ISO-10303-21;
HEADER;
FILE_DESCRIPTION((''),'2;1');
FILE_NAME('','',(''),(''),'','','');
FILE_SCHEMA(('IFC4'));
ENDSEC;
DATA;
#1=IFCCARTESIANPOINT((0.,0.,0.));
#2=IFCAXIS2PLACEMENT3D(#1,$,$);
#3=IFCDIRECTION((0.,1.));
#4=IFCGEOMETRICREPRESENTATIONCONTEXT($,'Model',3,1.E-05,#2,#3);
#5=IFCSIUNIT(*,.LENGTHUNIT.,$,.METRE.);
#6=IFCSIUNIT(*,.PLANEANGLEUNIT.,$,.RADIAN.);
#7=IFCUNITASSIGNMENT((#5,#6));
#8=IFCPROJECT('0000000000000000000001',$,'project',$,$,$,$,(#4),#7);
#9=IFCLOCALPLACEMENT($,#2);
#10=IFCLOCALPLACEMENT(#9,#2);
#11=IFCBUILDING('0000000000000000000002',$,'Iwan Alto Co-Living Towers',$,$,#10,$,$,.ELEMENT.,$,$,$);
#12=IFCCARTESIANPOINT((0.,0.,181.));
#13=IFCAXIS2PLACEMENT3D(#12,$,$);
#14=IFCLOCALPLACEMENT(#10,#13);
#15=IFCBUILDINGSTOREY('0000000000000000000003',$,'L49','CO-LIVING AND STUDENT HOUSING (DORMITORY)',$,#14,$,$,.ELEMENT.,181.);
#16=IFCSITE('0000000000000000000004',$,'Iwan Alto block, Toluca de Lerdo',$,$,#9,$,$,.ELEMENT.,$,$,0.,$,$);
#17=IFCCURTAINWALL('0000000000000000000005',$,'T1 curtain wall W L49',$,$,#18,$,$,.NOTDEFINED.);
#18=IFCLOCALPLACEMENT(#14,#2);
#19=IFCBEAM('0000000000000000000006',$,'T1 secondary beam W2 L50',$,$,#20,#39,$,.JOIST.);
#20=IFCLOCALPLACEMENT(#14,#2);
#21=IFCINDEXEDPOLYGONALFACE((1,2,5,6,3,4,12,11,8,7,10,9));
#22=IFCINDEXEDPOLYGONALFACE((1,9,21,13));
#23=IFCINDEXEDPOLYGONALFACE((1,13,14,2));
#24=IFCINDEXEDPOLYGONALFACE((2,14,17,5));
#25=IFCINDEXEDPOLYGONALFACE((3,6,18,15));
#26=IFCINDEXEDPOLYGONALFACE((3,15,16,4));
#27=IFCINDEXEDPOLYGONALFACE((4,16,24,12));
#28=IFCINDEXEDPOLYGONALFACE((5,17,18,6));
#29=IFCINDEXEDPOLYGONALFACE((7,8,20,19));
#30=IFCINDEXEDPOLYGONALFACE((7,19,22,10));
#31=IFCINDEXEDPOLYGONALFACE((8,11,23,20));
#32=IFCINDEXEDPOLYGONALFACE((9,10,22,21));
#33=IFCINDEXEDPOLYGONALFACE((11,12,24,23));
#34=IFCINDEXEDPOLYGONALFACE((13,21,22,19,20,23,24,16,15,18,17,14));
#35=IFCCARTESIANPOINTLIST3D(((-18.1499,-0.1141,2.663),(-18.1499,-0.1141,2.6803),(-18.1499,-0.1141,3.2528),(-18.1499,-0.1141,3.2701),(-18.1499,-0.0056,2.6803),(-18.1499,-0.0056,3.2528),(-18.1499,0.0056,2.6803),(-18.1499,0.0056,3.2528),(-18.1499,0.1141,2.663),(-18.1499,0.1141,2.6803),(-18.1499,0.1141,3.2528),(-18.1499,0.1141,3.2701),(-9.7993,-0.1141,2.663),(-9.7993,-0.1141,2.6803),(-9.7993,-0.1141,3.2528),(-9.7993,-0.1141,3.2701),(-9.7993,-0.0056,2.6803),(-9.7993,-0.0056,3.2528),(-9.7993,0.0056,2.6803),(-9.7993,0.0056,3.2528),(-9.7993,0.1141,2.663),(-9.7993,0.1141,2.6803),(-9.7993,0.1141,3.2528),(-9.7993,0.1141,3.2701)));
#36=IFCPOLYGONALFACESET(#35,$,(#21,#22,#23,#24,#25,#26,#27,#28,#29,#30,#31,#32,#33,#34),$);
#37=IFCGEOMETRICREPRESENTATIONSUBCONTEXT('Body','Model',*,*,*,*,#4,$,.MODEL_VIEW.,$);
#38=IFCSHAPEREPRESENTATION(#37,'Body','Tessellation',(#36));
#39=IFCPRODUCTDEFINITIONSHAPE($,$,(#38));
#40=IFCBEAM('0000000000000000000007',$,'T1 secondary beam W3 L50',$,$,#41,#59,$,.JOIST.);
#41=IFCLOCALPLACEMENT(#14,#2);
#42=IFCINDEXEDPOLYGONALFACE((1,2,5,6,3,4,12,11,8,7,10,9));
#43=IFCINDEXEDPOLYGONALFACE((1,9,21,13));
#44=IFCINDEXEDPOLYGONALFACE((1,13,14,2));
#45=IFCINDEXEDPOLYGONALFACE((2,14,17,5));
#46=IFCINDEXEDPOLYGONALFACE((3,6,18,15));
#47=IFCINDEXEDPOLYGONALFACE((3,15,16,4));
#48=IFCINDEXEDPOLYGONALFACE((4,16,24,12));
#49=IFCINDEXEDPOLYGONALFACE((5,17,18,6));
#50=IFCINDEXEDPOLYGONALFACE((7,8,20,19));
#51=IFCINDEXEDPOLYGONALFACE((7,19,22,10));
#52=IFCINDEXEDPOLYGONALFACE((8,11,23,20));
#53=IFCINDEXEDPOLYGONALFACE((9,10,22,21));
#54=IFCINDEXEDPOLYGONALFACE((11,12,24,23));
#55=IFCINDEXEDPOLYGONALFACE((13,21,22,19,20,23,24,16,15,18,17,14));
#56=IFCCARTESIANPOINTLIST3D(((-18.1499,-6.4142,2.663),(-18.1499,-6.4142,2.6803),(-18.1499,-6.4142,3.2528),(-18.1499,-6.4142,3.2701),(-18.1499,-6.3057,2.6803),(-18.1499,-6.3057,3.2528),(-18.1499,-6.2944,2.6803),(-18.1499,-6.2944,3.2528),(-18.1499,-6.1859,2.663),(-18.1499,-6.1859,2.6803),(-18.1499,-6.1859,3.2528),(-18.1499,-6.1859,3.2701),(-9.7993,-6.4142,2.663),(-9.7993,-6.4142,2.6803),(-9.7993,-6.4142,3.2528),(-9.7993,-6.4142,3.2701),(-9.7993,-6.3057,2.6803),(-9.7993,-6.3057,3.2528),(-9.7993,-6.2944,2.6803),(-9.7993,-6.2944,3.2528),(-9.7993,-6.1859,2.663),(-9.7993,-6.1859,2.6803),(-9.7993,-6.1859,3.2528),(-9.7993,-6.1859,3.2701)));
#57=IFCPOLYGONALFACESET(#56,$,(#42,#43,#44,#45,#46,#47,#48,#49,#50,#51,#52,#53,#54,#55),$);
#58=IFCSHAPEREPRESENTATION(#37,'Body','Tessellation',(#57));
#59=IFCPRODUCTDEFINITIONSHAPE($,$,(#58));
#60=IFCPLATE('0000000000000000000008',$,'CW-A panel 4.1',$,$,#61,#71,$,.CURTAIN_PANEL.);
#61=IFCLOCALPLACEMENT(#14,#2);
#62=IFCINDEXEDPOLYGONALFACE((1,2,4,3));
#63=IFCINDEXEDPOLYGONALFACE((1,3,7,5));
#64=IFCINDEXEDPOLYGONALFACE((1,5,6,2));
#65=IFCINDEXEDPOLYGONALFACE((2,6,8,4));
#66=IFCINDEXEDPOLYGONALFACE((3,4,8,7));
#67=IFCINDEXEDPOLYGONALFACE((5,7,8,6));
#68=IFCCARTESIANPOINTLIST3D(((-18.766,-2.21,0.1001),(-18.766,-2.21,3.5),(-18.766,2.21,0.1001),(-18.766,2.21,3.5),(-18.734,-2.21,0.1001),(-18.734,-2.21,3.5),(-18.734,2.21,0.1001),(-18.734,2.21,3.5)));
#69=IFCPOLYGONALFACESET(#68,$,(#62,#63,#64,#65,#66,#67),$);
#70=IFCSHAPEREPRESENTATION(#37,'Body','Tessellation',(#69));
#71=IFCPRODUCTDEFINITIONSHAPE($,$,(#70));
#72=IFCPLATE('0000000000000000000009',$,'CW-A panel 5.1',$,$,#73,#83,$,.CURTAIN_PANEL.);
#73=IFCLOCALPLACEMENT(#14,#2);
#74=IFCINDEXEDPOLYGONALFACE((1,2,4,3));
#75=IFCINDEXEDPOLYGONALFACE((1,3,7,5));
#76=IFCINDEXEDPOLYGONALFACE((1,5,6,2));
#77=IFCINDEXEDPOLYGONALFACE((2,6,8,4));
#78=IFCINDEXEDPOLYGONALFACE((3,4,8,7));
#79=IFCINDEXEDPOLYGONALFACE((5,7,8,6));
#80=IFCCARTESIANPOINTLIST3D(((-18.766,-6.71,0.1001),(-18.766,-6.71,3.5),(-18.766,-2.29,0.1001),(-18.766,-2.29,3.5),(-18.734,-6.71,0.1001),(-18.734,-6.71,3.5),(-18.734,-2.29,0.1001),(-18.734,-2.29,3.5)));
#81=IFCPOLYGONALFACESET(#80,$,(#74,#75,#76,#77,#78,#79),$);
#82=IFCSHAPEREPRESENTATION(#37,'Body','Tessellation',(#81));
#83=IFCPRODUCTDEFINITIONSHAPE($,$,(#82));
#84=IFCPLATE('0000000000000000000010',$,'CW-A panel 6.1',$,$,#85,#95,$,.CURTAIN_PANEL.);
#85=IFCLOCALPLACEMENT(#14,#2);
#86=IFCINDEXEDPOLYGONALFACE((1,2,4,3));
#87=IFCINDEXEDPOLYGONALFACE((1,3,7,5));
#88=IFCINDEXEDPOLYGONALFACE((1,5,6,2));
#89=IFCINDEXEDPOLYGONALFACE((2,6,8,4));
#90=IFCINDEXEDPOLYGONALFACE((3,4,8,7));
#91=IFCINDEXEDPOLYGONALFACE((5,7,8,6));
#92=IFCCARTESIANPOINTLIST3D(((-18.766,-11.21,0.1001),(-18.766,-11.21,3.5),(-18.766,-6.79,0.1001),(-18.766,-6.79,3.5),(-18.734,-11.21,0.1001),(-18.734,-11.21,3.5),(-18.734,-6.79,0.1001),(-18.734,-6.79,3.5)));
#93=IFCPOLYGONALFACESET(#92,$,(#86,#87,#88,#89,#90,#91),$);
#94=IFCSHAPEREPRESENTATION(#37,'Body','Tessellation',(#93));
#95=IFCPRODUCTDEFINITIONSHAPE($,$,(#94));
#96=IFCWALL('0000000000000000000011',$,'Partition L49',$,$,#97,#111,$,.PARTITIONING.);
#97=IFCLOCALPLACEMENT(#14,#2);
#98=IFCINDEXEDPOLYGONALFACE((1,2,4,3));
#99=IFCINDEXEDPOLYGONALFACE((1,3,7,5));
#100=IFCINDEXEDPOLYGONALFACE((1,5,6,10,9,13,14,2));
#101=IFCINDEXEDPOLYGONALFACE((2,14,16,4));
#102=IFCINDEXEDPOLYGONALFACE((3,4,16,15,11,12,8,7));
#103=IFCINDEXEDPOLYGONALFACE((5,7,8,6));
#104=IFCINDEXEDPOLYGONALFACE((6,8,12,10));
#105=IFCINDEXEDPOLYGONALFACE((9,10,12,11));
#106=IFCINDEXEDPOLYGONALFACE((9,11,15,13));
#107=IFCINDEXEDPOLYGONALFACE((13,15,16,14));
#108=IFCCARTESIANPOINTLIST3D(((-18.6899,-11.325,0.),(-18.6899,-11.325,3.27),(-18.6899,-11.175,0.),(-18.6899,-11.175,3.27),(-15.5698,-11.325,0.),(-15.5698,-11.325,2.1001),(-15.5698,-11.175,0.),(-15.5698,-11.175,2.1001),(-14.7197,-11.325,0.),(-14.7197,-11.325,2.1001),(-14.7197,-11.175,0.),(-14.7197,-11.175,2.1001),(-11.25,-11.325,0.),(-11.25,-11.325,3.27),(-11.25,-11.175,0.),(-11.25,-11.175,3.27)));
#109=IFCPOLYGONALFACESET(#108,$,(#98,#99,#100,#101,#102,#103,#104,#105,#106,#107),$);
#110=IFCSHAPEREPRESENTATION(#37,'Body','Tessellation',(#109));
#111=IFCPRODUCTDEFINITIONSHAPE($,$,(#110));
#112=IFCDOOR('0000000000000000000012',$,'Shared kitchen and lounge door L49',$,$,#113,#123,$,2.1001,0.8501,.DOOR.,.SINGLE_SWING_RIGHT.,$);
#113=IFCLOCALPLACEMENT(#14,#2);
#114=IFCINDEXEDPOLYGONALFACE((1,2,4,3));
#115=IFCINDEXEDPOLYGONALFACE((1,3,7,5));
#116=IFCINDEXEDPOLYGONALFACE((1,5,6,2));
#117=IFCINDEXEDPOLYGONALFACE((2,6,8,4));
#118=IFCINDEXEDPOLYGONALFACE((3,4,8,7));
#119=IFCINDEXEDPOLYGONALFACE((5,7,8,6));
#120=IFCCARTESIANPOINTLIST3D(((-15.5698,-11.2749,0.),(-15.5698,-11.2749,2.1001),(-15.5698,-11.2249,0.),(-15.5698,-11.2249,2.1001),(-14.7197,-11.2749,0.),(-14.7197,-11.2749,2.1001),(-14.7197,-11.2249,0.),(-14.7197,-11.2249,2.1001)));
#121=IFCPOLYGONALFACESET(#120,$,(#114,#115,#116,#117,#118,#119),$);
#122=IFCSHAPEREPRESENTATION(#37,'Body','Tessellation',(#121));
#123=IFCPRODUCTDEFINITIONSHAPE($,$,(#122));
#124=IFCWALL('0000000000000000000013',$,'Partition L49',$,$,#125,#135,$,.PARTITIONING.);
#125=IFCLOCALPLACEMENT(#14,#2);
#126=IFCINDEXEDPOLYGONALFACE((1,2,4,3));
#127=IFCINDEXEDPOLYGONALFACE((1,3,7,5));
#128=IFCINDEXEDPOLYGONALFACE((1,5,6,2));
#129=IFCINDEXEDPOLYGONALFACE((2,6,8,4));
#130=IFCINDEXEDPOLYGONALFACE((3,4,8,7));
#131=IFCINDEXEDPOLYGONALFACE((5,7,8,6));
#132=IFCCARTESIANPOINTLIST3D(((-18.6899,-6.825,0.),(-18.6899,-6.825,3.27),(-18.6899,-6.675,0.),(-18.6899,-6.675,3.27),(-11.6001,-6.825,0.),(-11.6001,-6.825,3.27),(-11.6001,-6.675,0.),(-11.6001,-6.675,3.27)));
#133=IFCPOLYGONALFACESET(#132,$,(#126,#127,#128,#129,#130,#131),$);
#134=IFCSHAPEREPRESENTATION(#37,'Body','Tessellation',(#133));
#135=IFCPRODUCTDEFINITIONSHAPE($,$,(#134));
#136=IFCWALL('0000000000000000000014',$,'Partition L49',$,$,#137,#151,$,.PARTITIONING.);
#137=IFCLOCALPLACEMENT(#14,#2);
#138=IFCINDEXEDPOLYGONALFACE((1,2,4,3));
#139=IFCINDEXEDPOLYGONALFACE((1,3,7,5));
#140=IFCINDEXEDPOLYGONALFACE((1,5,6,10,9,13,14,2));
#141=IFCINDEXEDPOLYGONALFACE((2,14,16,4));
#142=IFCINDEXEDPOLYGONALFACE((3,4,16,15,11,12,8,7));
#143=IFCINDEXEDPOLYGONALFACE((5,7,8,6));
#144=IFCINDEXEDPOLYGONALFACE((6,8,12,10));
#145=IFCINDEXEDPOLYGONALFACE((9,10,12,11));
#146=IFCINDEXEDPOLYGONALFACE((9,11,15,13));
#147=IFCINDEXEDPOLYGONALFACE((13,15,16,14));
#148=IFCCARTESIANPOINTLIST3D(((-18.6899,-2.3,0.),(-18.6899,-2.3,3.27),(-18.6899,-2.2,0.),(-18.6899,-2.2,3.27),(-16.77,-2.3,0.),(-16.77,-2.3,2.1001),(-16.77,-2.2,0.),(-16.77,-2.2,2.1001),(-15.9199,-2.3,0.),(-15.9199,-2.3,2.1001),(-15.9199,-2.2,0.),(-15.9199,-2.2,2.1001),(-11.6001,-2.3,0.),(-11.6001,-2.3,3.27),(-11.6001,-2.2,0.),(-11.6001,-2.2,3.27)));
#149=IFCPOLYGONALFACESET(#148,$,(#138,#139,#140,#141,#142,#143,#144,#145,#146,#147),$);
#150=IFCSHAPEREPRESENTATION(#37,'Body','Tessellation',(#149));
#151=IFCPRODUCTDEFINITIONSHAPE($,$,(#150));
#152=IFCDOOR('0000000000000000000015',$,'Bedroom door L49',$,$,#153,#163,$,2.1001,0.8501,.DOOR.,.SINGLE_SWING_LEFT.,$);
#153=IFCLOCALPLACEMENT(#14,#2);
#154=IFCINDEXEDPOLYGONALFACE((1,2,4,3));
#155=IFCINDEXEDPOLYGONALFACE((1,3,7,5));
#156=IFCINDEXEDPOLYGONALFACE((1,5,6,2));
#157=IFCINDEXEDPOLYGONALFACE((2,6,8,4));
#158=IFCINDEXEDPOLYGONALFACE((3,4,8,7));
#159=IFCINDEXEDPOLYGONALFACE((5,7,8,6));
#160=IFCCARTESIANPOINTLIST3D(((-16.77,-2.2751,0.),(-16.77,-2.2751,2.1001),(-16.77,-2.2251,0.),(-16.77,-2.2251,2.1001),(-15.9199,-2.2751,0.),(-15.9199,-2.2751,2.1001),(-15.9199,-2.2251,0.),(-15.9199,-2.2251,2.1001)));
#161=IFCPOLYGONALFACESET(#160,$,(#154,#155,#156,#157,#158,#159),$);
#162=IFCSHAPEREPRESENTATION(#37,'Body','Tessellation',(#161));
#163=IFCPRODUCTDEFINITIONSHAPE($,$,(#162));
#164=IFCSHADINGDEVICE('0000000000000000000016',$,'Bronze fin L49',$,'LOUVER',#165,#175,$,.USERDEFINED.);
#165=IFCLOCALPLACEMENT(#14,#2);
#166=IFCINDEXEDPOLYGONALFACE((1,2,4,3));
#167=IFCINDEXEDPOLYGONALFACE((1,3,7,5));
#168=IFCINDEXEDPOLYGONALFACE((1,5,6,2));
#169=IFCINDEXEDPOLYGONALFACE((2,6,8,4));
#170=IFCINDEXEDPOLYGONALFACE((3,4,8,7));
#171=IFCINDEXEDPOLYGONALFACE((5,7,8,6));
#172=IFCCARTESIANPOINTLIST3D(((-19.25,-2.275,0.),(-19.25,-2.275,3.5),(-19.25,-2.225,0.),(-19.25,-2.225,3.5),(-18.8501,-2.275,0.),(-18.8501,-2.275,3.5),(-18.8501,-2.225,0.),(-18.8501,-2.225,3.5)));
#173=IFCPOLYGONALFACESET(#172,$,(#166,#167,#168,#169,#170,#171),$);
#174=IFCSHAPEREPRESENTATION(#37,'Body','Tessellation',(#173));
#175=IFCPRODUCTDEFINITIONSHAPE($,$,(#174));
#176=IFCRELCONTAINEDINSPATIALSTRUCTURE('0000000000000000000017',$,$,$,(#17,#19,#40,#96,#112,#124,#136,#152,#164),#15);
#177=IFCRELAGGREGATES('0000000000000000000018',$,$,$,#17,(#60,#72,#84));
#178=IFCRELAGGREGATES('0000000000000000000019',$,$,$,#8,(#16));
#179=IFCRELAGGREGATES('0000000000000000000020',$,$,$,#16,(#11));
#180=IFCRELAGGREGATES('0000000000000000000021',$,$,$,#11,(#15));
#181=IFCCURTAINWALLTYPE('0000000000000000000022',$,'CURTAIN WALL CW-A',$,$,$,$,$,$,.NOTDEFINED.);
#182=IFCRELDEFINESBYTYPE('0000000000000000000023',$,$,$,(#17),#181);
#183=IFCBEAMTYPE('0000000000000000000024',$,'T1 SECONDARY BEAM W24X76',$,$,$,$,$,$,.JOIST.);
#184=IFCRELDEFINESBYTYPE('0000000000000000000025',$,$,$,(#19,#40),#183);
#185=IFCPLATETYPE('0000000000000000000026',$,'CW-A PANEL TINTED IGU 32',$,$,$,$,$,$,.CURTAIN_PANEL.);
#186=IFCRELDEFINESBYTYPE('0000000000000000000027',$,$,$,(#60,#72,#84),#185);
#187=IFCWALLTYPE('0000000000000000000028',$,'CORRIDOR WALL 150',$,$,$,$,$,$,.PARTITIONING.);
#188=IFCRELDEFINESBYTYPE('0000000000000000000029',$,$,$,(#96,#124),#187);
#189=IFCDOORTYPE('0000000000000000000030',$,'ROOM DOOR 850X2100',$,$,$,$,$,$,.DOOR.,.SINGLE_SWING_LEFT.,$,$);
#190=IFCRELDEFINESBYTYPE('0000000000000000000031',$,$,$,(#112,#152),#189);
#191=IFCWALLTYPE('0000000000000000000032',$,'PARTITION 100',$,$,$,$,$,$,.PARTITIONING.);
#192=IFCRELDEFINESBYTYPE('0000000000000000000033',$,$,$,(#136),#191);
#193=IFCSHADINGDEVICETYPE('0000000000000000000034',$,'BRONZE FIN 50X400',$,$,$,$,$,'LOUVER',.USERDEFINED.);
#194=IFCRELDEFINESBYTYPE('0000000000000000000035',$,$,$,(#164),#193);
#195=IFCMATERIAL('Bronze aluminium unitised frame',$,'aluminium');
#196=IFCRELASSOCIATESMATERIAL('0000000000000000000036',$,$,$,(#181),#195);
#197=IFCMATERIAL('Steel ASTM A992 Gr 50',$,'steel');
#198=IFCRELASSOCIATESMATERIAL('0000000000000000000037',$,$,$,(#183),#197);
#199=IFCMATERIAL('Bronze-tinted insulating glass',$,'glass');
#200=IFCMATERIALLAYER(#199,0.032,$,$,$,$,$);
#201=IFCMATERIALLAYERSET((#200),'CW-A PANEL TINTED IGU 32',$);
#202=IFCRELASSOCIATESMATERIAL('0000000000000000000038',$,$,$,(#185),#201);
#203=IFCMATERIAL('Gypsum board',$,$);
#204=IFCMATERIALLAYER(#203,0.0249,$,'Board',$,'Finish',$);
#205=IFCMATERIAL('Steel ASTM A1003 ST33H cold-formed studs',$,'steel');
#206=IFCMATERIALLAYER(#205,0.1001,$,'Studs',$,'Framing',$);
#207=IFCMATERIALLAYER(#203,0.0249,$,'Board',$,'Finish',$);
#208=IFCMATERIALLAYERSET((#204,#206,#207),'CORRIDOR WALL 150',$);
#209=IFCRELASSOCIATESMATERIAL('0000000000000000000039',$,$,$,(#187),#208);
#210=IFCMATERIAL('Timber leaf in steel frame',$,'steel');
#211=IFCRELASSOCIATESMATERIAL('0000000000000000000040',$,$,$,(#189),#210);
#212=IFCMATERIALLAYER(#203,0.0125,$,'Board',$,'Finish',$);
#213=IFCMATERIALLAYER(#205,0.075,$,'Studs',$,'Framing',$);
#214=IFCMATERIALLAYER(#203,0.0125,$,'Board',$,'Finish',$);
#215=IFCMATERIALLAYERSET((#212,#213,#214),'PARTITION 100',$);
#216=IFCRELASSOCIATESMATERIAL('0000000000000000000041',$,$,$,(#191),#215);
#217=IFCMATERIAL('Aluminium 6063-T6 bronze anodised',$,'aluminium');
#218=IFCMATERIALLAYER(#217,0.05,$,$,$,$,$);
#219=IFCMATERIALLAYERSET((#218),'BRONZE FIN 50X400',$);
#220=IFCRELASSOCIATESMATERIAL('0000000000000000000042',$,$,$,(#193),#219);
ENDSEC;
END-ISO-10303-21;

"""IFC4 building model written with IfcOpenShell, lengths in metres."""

from ifc_helpers import new_model, si_unit, direction, frame, frame_2d, origin, origin_2d, place, context, subcontext, project, spatial, rectangle, i_section, extrude, material, layer, layer_set, material_profile, profile_set, type_object, element, fill, aggregate, save


model = new_model("IFC4")

# Units and contexts
model_context = context("Model", 3, precision=1e-05, world=origin(), true_north=direction((0.0, 1.0)))
body_context = subcontext(model_context, "Body", "Model", "MODEL_VIEW")
ifc_project = project(units=[si_unit("LENGTHUNIT", "METRE"), si_unit("PLANEANGLEUNIT", "RADIAN")], contexts=[model_context])

# Site, building, storey
site_placement = place(None, origin())
site = spatial("IfcSite", under=ifc_project, at=site_placement, Name="Iwan Alto block, Toluca de Lerdo", CompositionType="ELEMENT", RefElevation=0.0)
building_placement = place(site_placement, origin())
building = spatial("IfcBuilding", under=site, at=building_placement, Name="Iwan Alto Co-Living Towers", CompositionType="ELEMENT")
storey_placement = place(building_placement, frame((0.0, 0.0, 181.0)))
storey = spatial("IfcBuildingStorey", under=building, at=storey_placement, Name="L49", Description="CO-LIVING AND STUDENT HOUSING (DORMITORY)", CompositionType="ELEMENT", Elevation=181.0)

# Curtain wall
ifc_material_1 = material(Name="Bronze aluminium unitised frame", Category="aluminium")
curtain_wall_type = type_object("IfcCurtainWallType", Name="CURTAIN WALL CW-A", PredefinedType="NOTDEFINED", material=ifc_material_1)
curtain_wall_placement = place(storey_placement, origin())
curtain_wall = element("IfcCurtainWall", 1, at=curtain_wall_placement, inside=storey, type_object=curtain_wall_type, Name="T1 curtain wall W L49", PredefinedType="NOTDEFINED")

# Beams
ifc_material_2 = material(Name="Steel ASTM A992 Gr 50", Category="steel")
ifc_material_profile_1 = material_profile(ifc_material_2, i_section(OverallWidth=0.2283, OverallDepth=0.6072, WebThickness=0.0112, FlangeThickness=0.0173, at=origin_2d()), Name="W24X76")
ifc_profile_set_1 = profile_set([ifc_material_profile_1], Name="Steel ASTM A992 Gr 50")
beam_type_1 = type_object("IfcBeamType", Name="T1 SECONDARY BEAM W24X76", PredefinedType="JOIST", material=ifc_profile_set_1)
for number, where, z_axis, x_axis, name in (
    (2, (-18.1499, 0.0, 2.9666), (1.0, 0.0, 0.0), (0.0, 1.0, 0.0), "T1 secondary beam W2 L50"),
    (3, (-18.1499, -6.3, 2.9666), (1.0, 0.0, 0.0), (0.0, 1.0, 0.0), "T1 secondary beam W3 L50"),
):
    element("IfcBeam", number, at=place(storey_placement, frame(where, z_axis=z_axis, x_axis=x_axis)), inside=storey, type_object=beam_type_1, Name=name, PredefinedType="JOIST", context=body_context, shape_type="SweptSolid", body=[
        extrude(i_section(OverallWidth=0.2283, OverallDepth=0.6072, WebThickness=0.0112, FlangeThickness=0.0173, at=origin_2d()), origin(), (0.0, 0.0, 1.0), 8.3506),
    ])

# Plates
ifc_material_3 = material(Name="Bronze-tinted insulating glass", Category="glass")
ifc_layer_1 = layer(ifc_material_3, 0.032)
ifc_layer_set_1 = layer_set([ifc_layer_1], Name="CW-A PANEL TINTED IGU 32")
plate_type = type_object("IfcPlateType", Name="CW-A PANEL TINTED IGU 32", PredefinedType="CURTAIN_PANEL", material=ifc_layer_set_1)
plate_1_placement = place(storey_placement, frame((-18.75, 0.0, 0.1001), z_axis=(0.0, 0.0, 1.0), x_axis=(0.0, -1.0, 0.0)))
plate_1 = element("IfcPlate", 4, at=plate_1_placement, type_object=plate_type, Name="CW-A panel 4.1", PredefinedType="CURTAIN_PANEL", context=body_context, shape_type="SweptSolid", body=[
    extrude(rectangle(XDim=4.4199, YDim=0.032, at=origin_2d()), origin(), (0.0, 0.0, 1.0), 3.3999),
])
plate_2_placement = place(storey_placement, frame((-18.75, -4.5, 0.1001), z_axis=(0.0, 0.0, 1.0), x_axis=(0.0, -1.0, 0.0)))
plate_2 = element("IfcPlate", 5, at=plate_2_placement, type_object=plate_type, Name="CW-A panel 5.1", PredefinedType="CURTAIN_PANEL", context=body_context, shape_type="SweptSolid", body=[
    extrude(rectangle(XDim=4.4199, YDim=0.032, at=origin_2d()), origin(), (0.0, 0.0, 1.0), 3.3999),
])
plate_3_placement = place(storey_placement, frame((-18.75, -9.0, 0.1001), z_axis=(0.0, 0.0, 1.0), x_axis=(0.0, -1.0, 0.0)))
plate_3 = element("IfcPlate", 6, at=plate_3_placement, type_object=plate_type, Name="CW-A panel 6.1", PredefinedType="CURTAIN_PANEL", context=body_context, shape_type="SweptSolid", body=[
    extrude(rectangle(XDim=4.4199, YDim=0.032, at=origin_2d()), origin(), (0.0, 0.0, 1.0), 3.3999),
])
aggregate(curtain_wall, [plate_1, plate_2, plate_3])

# Wall, opening, door
ifc_material_4 = material(Name="Gypsum board")
ifc_layer_2 = layer(ifc_material_4, 0.0249, Name="Board", Category="Finish")
ifc_material_5 = material(Name="Steel ASTM A1003 ST33H cold-formed studs", Category="steel")
ifc_layer_3 = layer(ifc_material_5, 0.1001, Name="Studs", Category="Framing")
ifc_layer_4 = layer(ifc_material_4, 0.0249, Name="Board", Category="Finish")
ifc_layer_set_2 = layer_set([ifc_layer_2, ifc_layer_3, ifc_layer_4], Name="CORRIDOR WALL 150")
wall_type_1 = type_object("IfcWallType", Name="CORRIDOR WALL 150", PredefinedType="PARTITIONING", material=ifc_layer_set_2)
wall_1_placement = place(storey_placement, frame((-18.6899, -11.25, 0.0), z_axis=(0.0, 0.0, 1.0), x_axis=(1.0, 0.0, 0.0)))
wall_1 = element("IfcWall", 7, at=wall_1_placement, inside=storey, type_object=wall_type_1, Name="Partition L49", PredefinedType="PARTITIONING", context=body_context, shape_type="SweptSolid", body=[
    extrude(rectangle(XDim=7.4399, YDim=0.1499, at=frame_2d((3.72, 0.0))), origin(), (0.0, 0.0, 1.0), 3.27),
])
opening_1_placement = place(wall_1_placement, frame((3.1201, 0.0, 0.0)))
opening_1 = element("IfcOpeningElement", 8, at=opening_1_placement, cuts=wall_1, PredefinedType="OPENING", context=body_context, shape_type="SweptSolid", body=[
    extrude(rectangle(XDim=0.8501, YDim=2.1001, at=frame_2d((0.425, 1.05))), frame((0.0, 0.085, 0.0), z_axis=(0.0, -1.0, 0.0), x_axis=(1.0, 0.0, 0.0)), (0.0, 0.0, 1.0), 0.1699),
])
ifc_material_6 = material(Name="Timber leaf in steel frame", Category="steel")
door_type = type_object("IfcDoorType", Name="ROOM DOOR 850X2100", OperationType="SINGLE_SWING_LEFT", PredefinedType="DOOR", material=ifc_material_6)
door_1_placement = place(opening_1_placement, frame((0.8501, 0.0, 0.0), z_axis=(0.0, 0.0, 1.0), x_axis=(-1.0, 0.0, 0.0)))
door_1 = element("IfcDoor", 9, at=door_1_placement, inside=storey, type_object=door_type, Name="Shared kitchen and lounge door L49", OperationType="SINGLE_SWING_RIGHT", OverallHeight=2.1001, OverallWidth=0.8501, PredefinedType="DOOR", context=body_context, shape_type="SweptSolid", body=[
    extrude(rectangle(XDim=0.8501, YDim=2.1001, at=frame_2d((0.425, 1.05))), frame((0.0, 0.0249, 0.0), z_axis=(0.0, -1.0, 0.0), x_axis=(1.0, 0.0, 0.0)), (0.0, 0.0, 1.0), 0.05),
])
fill(opening_1, door_1)

# Wall
wall_2_placement = place(storey_placement, frame((-18.6899, -6.75, 0.0), z_axis=(0.0, 0.0, 1.0), x_axis=(1.0, 0.0, 0.0)))
element("IfcWall", 10, at=wall_2_placement, inside=storey, type_object=wall_type_1, Name="Partition L49", PredefinedType="PARTITIONING", context=body_context, shape_type="SweptSolid", body=[
    extrude(rectangle(XDim=7.0898, YDim=0.1499, at=frame_2d((3.5449, 0.0))), origin(), (0.0, 0.0, 1.0), 3.27),
])

# Wall, opening, door
ifc_layer_5 = layer(ifc_material_4, 0.0125, Name="Board", Category="Finish")
ifc_layer_6 = layer(ifc_material_5, 0.075, Name="Studs", Category="Framing")
ifc_layer_7 = layer(ifc_material_4, 0.0125, Name="Board", Category="Finish")
ifc_layer_set_3 = layer_set([ifc_layer_5, ifc_layer_6, ifc_layer_7], Name="PARTITION 100")
wall_type_2 = type_object("IfcWallType", Name="PARTITION 100", PredefinedType="PARTITIONING", material=ifc_layer_set_3)
wall_3_placement = place(storey_placement, frame((-18.6899, -2.25, 0.0), z_axis=(0.0, 0.0, 1.0), x_axis=(1.0, 0.0, 0.0)))
wall_3 = element("IfcWall", 11, at=wall_3_placement, inside=storey, type_object=wall_type_2, Name="Partition L49", PredefinedType="PARTITIONING", context=body_context, shape_type="SweptSolid", body=[
    extrude(rectangle(XDim=7.0898, YDim=0.1001, at=frame_2d((3.5449, 0.0))), origin(), (0.0, 0.0, 1.0), 3.27),
])
opening_2_placement = place(wall_3_placement, frame((1.9199, 0.0, 0.0)))
opening_2 = element("IfcOpeningElement", 12, at=opening_2_placement, cuts=wall_3, PredefinedType="OPENING", context=body_context, shape_type="SweptSolid", body=[
    extrude(rectangle(XDim=0.8501, YDim=2.1001, at=frame_2d((0.425, 1.05))), frame((0.0, 0.0601, 0.0), z_axis=(0.0, -1.0, 0.0), x_axis=(1.0, 0.0, 0.0)), (0.0, 0.0, 1.0), 0.1201),
])
door_2_placement = place(opening_2_placement, origin())
door_2 = element("IfcDoor", 13, at=door_2_placement, inside=storey, type_object=door_type, Name="Bedroom door L49", OperationType="SINGLE_SWING_LEFT", OverallHeight=2.1001, OverallWidth=0.8501, PredefinedType="DOOR", context=body_context, shape_type="SweptSolid", body=[
    extrude(rectangle(XDim=0.8501, YDim=2.1001, at=frame_2d((0.425, 1.05))), frame((0.0, 0.0249, 0.0), z_axis=(0.0, -1.0, 0.0), x_axis=(1.0, 0.0, 0.0)), (0.0, 0.0, 1.0), 0.05),
])
fill(opening_2, door_2)

# Shading device
ifc_material_7 = material(Name="Aluminium 6063-T6 bronze anodised", Category="aluminium")
ifc_layer_8 = layer(ifc_material_7, 0.05)
ifc_layer_set_4 = layer_set([ifc_layer_8], Name="BRONZE FIN 50X400")
shading_device_type = type_object("IfcShadingDeviceType", Name="BRONZE FIN 50X400", ElementType="LOUVER", PredefinedType="USERDEFINED", material=ifc_layer_set_4)
shading_device_placement = place(storey_placement, frame((-19.05, -2.25, 0.0), z_axis=(0.0, 0.0, 1.0), x_axis=(0.0, -1.0, 0.0)))
element("IfcShadingDevice", 14, at=shading_device_placement, inside=storey, type_object=shading_device_type, Name="Bronze fin L49", ObjectType="LOUVER", PredefinedType="USERDEFINED", context=body_context, shape_type="SweptSolid", body=[
    extrude(rectangle(XDim=0.05, YDim=0.3999, at=origin_2d()), origin(), (0.0, 0.0, 1.0), 3.5),
])

save(model, "model.ifc")
